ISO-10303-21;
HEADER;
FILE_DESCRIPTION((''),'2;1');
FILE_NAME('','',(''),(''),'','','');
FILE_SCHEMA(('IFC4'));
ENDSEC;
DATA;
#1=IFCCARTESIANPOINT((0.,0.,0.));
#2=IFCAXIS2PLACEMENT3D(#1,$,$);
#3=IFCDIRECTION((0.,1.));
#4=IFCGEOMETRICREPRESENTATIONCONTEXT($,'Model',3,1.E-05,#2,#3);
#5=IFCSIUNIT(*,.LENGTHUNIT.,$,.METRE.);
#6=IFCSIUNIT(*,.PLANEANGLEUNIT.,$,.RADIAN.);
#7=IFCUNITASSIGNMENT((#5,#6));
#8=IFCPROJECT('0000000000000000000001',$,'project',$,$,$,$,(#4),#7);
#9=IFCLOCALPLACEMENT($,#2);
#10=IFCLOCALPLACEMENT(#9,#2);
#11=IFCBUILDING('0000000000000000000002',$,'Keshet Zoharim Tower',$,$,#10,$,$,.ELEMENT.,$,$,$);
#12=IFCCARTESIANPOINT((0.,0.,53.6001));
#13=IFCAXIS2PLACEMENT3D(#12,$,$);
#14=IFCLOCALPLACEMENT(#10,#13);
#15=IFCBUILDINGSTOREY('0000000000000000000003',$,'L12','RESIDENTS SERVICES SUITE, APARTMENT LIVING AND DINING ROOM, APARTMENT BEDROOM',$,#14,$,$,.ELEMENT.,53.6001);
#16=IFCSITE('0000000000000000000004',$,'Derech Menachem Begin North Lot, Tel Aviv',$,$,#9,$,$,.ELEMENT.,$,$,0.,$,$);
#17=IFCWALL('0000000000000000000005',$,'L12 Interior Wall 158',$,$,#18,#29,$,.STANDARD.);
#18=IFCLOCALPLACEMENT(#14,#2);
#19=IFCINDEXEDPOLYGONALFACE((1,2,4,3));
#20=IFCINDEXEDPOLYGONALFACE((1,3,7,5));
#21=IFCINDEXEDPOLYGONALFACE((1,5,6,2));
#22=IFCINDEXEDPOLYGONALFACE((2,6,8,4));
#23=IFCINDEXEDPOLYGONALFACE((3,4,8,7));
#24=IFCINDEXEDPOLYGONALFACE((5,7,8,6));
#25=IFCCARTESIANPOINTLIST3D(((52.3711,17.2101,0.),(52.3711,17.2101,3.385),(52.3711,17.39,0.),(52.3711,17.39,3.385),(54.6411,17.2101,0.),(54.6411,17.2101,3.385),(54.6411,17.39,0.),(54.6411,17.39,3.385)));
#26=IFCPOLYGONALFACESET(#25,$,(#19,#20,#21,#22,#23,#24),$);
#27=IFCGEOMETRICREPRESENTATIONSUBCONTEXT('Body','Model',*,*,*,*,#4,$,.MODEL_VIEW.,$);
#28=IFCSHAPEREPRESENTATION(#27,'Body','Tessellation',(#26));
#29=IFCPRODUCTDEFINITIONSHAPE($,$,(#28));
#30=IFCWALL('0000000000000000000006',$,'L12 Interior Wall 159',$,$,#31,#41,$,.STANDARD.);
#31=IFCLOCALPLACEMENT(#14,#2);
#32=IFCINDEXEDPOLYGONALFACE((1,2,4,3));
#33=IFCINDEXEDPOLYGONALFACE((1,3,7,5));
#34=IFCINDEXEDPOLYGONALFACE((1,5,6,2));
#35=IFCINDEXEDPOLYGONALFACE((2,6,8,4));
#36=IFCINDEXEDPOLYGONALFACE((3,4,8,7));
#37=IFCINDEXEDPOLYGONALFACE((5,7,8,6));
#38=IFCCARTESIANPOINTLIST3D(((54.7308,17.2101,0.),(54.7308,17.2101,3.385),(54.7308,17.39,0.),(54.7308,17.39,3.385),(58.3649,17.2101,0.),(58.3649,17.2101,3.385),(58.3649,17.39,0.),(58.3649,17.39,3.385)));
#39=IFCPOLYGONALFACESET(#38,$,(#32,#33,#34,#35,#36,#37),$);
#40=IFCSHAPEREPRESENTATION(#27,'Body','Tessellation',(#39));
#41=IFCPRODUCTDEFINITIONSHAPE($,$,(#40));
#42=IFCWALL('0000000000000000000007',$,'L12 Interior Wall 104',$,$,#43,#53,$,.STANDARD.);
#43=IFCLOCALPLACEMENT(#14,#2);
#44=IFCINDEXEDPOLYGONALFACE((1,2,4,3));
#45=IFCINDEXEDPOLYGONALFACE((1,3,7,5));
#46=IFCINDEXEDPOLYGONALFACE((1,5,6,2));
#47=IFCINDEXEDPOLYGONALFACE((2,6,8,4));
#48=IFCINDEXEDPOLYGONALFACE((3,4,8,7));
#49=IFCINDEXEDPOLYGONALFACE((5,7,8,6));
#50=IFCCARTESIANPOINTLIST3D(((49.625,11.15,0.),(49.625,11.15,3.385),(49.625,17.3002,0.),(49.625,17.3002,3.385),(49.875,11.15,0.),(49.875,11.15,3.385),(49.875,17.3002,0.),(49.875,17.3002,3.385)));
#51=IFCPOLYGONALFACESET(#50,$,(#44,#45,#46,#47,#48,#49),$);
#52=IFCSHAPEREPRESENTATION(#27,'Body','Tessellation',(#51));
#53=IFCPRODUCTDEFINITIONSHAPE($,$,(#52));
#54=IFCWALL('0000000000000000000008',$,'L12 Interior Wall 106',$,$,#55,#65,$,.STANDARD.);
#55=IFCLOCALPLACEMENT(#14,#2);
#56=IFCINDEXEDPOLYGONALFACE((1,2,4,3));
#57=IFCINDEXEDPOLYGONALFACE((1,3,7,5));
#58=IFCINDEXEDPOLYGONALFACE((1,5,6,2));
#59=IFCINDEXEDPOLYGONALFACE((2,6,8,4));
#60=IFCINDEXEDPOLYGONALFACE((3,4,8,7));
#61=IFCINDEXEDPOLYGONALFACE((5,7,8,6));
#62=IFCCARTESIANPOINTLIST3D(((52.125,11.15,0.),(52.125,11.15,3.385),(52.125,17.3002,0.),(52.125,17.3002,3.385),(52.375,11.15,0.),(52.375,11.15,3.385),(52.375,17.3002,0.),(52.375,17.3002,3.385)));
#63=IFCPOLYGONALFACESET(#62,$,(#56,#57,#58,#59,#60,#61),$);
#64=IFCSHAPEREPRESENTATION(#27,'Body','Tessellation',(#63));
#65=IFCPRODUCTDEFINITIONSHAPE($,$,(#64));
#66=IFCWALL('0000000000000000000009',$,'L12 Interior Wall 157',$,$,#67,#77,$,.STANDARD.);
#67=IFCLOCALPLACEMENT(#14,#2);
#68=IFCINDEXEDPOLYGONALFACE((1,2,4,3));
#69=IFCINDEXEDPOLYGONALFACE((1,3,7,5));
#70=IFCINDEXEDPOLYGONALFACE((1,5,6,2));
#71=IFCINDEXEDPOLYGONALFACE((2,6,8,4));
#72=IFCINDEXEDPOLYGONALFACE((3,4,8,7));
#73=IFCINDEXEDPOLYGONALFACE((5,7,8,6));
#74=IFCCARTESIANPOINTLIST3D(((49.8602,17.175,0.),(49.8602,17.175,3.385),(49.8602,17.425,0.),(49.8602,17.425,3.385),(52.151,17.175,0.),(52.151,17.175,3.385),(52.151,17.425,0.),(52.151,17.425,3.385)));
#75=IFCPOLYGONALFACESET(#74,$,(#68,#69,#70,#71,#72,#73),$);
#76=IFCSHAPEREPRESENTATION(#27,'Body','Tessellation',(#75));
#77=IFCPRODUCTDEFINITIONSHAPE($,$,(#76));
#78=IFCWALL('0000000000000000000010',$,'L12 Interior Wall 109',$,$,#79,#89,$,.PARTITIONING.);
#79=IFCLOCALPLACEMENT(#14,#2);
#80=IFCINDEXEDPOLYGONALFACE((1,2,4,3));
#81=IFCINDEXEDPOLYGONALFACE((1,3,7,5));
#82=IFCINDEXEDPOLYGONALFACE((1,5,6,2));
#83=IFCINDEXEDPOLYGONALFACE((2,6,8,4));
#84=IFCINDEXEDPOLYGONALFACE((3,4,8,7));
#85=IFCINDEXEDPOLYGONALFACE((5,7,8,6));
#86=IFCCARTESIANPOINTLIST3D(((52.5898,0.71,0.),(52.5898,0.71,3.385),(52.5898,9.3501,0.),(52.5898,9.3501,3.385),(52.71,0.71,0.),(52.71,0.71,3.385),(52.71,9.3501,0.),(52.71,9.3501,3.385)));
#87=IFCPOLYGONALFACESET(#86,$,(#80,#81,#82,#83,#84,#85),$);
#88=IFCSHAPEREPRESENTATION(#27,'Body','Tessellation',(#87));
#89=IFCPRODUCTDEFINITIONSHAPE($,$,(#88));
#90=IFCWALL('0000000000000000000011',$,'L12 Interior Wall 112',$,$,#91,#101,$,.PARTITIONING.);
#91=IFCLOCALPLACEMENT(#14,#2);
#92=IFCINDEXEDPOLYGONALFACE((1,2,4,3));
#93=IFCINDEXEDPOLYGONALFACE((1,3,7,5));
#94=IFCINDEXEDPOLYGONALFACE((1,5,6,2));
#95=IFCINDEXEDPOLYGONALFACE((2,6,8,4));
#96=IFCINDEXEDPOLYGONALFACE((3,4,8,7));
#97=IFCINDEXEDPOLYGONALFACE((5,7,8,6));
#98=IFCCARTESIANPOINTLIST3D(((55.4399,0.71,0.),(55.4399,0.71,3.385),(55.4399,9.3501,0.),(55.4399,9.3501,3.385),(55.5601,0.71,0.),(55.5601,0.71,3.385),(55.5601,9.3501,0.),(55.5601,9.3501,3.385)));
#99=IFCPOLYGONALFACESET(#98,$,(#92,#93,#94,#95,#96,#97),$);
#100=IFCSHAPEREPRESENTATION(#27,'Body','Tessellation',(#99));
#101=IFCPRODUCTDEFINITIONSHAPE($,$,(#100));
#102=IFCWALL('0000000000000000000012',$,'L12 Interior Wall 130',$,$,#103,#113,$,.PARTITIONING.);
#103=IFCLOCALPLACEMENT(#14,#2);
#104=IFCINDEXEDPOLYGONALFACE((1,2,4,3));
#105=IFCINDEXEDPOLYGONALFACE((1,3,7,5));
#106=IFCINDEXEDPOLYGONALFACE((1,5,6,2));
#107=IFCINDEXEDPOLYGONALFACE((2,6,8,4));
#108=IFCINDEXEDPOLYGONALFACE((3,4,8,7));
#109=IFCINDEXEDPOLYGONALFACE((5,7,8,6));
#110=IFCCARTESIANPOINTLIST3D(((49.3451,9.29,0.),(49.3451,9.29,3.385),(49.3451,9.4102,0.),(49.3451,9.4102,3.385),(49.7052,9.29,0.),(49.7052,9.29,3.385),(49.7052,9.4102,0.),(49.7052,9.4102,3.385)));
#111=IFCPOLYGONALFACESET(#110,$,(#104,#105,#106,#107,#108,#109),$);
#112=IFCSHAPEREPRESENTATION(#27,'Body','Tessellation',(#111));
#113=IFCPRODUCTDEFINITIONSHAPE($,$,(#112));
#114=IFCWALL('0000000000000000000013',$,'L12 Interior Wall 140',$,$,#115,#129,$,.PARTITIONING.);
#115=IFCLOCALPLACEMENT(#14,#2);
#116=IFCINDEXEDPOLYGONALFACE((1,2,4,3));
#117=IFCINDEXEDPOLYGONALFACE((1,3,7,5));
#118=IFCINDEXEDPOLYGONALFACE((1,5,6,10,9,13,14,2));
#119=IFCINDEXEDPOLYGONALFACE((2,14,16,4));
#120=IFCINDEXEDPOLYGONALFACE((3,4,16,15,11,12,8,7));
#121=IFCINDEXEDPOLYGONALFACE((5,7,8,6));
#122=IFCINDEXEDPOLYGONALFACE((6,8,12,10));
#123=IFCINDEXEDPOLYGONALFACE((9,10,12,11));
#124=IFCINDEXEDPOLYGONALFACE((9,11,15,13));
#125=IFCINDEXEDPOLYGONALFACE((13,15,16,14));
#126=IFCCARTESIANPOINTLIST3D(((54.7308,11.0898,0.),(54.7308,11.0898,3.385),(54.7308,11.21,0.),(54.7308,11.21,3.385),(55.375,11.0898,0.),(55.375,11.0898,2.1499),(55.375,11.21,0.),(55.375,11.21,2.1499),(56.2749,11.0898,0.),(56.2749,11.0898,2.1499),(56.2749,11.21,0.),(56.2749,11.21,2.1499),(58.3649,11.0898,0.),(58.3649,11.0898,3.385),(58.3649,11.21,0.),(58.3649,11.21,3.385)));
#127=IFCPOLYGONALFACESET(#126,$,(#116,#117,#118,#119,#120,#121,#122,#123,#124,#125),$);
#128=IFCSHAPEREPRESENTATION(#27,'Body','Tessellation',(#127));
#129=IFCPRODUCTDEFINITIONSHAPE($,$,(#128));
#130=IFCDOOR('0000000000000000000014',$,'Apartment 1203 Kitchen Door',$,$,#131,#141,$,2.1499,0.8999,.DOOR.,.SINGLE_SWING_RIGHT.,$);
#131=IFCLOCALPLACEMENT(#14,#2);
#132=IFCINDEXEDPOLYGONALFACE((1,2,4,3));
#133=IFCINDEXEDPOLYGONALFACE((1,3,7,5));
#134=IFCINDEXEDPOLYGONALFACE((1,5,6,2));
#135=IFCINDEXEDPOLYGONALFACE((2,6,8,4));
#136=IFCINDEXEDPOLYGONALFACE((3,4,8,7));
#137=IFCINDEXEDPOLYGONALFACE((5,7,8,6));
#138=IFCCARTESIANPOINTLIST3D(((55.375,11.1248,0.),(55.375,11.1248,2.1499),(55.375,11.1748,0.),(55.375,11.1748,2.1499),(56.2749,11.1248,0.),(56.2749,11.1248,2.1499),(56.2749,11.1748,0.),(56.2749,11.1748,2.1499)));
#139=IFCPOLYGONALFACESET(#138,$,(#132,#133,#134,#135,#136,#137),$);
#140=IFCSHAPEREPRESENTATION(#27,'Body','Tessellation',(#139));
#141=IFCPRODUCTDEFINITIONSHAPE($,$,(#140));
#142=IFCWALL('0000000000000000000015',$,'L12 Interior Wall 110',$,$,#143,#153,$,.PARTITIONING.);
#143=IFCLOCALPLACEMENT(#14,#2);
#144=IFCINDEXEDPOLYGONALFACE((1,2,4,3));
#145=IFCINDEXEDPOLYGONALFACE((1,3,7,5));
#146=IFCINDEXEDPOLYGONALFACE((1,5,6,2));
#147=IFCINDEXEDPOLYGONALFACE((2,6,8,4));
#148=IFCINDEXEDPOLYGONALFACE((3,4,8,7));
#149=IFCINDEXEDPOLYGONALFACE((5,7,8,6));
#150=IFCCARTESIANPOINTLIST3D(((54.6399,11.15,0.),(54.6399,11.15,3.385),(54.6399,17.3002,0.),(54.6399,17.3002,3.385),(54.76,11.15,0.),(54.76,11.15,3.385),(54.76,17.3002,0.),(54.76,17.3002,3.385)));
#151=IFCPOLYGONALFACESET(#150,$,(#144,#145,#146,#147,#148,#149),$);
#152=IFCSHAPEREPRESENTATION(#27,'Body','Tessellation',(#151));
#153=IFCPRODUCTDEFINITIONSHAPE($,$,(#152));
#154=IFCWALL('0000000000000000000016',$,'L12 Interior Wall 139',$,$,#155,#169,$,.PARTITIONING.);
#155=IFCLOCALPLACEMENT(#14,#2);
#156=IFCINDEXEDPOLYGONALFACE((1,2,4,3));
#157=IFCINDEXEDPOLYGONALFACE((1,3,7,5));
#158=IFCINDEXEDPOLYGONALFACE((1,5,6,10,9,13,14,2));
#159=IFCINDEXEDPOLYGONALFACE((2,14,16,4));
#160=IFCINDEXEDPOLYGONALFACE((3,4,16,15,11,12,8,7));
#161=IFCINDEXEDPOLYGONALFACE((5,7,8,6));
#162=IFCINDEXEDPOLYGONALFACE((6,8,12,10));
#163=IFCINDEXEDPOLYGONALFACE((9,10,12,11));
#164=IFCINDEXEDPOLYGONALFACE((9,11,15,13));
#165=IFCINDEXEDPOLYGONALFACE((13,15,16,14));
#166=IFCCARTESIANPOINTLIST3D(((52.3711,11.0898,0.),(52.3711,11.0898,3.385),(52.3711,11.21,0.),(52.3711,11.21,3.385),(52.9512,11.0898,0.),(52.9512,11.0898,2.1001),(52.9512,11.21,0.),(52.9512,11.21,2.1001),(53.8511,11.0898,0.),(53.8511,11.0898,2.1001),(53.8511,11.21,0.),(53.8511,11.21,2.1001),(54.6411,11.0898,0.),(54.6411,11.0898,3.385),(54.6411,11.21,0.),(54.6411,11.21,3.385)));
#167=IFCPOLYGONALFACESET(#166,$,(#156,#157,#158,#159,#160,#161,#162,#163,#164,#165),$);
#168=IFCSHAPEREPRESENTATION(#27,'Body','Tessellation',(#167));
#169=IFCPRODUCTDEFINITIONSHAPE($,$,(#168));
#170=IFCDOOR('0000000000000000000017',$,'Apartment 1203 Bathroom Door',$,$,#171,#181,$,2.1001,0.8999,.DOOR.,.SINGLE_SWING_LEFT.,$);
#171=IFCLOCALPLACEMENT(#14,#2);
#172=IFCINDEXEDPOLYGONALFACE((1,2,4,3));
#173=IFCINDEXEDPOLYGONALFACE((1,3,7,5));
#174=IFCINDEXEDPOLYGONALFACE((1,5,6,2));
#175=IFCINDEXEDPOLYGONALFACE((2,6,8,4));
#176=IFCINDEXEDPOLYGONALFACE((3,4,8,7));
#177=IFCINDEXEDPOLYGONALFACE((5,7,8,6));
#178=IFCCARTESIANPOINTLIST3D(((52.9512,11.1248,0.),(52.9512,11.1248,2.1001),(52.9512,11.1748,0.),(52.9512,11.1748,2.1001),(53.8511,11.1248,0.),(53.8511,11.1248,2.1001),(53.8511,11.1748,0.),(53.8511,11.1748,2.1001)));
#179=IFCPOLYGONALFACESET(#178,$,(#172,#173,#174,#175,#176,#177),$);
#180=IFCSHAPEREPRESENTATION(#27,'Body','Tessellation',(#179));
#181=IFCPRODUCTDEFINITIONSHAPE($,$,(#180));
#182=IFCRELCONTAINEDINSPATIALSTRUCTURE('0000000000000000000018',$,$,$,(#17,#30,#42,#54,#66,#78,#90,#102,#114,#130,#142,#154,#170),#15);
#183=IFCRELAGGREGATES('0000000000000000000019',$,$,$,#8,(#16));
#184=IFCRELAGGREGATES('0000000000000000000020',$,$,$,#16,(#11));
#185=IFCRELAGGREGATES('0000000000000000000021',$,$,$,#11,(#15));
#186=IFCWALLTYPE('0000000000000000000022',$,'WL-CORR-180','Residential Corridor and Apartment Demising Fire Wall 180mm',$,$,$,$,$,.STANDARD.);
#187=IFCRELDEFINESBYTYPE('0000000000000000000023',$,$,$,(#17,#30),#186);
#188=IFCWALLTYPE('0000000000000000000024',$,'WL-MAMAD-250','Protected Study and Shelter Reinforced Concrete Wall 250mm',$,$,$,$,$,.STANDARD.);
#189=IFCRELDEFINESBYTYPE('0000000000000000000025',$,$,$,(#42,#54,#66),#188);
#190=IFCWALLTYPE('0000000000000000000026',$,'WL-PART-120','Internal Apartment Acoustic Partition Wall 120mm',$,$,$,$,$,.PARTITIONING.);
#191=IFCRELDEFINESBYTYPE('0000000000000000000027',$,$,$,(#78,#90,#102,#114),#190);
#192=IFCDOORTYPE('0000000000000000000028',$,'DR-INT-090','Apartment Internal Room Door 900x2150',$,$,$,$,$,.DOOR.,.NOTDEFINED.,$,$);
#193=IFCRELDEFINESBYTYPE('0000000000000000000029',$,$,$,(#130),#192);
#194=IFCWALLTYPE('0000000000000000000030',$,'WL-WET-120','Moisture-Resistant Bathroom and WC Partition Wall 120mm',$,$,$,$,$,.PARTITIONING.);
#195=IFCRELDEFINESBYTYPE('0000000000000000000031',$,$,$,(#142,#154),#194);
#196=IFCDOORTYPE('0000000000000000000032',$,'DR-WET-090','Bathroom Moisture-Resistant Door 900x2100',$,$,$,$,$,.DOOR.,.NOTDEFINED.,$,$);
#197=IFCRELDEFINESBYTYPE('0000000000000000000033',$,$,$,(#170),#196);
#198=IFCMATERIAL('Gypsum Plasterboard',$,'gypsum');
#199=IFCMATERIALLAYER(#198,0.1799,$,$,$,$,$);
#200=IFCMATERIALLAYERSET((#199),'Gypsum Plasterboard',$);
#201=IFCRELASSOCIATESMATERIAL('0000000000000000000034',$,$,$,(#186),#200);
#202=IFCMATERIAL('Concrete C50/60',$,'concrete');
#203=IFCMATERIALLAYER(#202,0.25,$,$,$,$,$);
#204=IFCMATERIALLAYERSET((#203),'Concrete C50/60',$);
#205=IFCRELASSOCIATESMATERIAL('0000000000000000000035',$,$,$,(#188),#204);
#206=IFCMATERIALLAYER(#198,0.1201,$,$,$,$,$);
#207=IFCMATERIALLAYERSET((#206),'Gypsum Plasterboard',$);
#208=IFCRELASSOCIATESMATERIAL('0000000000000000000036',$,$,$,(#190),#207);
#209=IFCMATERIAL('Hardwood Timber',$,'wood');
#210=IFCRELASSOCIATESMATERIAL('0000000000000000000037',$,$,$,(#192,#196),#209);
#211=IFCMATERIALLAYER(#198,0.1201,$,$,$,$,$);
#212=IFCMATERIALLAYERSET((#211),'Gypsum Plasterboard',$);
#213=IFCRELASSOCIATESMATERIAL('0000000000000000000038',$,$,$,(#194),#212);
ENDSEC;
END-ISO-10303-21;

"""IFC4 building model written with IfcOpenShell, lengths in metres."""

from ifc_helpers import new_model, si_unit, direction, frame, frame_2d, origin, place, context, subcontext, project, spatial, rectangle, extrude, material, layer, layer_set, type_object, element, fill, save


model = new_model("IFC4")

# Units and contexts
model_context = context("Model", 3, precision=1e-05, world=origin(), true_north=direction((0.0, 1.0)))
body_context = subcontext(model_context, "Body", "Model", "MODEL_VIEW")
ifc_project = project(units=[si_unit("LENGTHUNIT", "METRE"), si_unit("PLANEANGLEUNIT", "RADIAN")], contexts=[model_context])

# Site, building, storey
site_placement = place(None, origin())
site = spatial("IfcSite", under=ifc_project, at=site_placement, Name="Derech Menachem Begin North Lot, Tel Aviv", CompositionType="ELEMENT", RefElevation=0.0)
building_placement = place(site_placement, origin())
building = spatial("IfcBuilding", under=site, at=building_placement, Name="Keshet Zoharim Tower", CompositionType="ELEMENT")
storey_placement = place(building_placement, frame((0.0, 0.0, 53.6001)))
storey = spatial("IfcBuildingStorey", under=building, at=storey_placement, Name="L12", Description="RESIDENTS SERVICES SUITE, APARTMENT LIVING AND DINING ROOM, APARTMENT BEDROOM", CompositionType="ELEMENT", Elevation=53.6001)

# Walls
ifc_material_1 = material(Name="Gypsum Plasterboard", Category="gypsum")
ifc_layer_1 = layer(ifc_material_1, 0.1799)
ifc_layer_set_1 = layer_set([ifc_layer_1], Name="Gypsum Plasterboard")
wall_type_1 = type_object("IfcWallType", Name="WL-CORR-180", Description="Residential Corridor and Apartment Demising Fire Wall 180mm", PredefinedType="STANDARD", material=ifc_layer_set_1)
wall_1_placement = place(storey_placement, frame((52.3711, 17.3, 0.0), z_axis=(0.0, 0.0, 1.0), x_axis=(1.0, 0.0, 0.0)))
element("IfcWall", 1, at=wall_1_placement, inside=storey, type_object=wall_type_1, Name="L12 Interior Wall 158", PredefinedType="STANDARD", context=body_context, shape_type="SweptSolid", body=[
    extrude(rectangle(XDim=2.27, YDim=0.1799, at=frame_2d((1.135, 0.0))), origin(), (0.0, 0.0, 1.0), 3.385),
])
wall_2_placement = place(storey_placement, frame((54.731, 17.3, 0.0), z_axis=(0.0, 0.0, 1.0), x_axis=(1.0, 0.0, 0.0)))
element("IfcWall", 2, at=wall_2_placement, inside=storey, type_object=wall_type_1, Name="L12 Interior Wall 159", PredefinedType="STANDARD", context=body_context, shape_type="SweptSolid", body=[
    extrude(rectangle(XDim=3.634, YDim=0.1799, at=frame_2d((1.8169, 0.0))), origin(), (0.0, 0.0, 1.0), 3.385),
])
ifc_material_2 = material(Name="Concrete C50/60", Category="concrete")
ifc_layer_2 = layer(ifc_material_2, 0.25)
ifc_layer_set_2 = layer_set([ifc_layer_2], Name="Concrete C50/60")
wall_type_2 = type_object("IfcWallType", Name="WL-MAMAD-250", Description="Protected Study and Shelter Reinforced Concrete Wall 250mm", PredefinedType="STANDARD", material=ifc_layer_set_2)
for number, where, z_axis, x_axis, name in (
    (3, (49.75, 11.1499, 0.0), (0.0, 0.0, 1.0), (0.0, 1.0, 0.0), "L12 Interior Wall 104"),
    (4, (52.25, 11.1499, 0.0), (0.0, 0.0, 1.0), (0.0, 1.0, 0.0), "L12 Interior Wall 106"),
):
    element("IfcWall", number, at=place(storey_placement, frame(where, z_axis=z_axis, x_axis=x_axis)), inside=storey, type_object=wall_type_2, Name=name, PredefinedType="STANDARD", context=body_context, shape_type="SweptSolid", body=[
        extrude(rectangle(XDim=6.1501, YDim=0.25, at=frame_2d((3.0752, 0.0))), origin(), (0.0, 0.0, 1.0), 3.385),
    ])

# Shared definitions
ifc_material_3 = material(Name="Hardwood Timber", Category="wood")

# Walls
wall_3_placement = place(storey_placement, frame((49.8601, 17.3, 0.0), z_axis=(0.0, 0.0, 1.0), x_axis=(1.0, 0.0, 0.0)))
element("IfcWall", 5, at=wall_3_placement, inside=storey, type_object=wall_type_2, Name="L12 Interior Wall 157", PredefinedType="STANDARD", context=body_context, shape_type="SweptSolid", body=[
    extrude(rectangle(XDim=2.2908, YDim=0.25, at=frame_2d((1.1455, 0.0))), origin(), (0.0, 0.0, 1.0), 3.385),
])
ifc_layer_3 = layer(ifc_material_1, 0.1201)
ifc_layer_set_3 = layer_set([ifc_layer_3], Name="Gypsum Plasterboard")
wall_type_3 = type_object("IfcWallType", Name="WL-PART-120", Description="Internal Apartment Acoustic Partition Wall 120mm", PredefinedType="PARTITIONING", material=ifc_layer_set_3)
for number, where, z_axis, x_axis, name in (
    (6, (52.6499, 0.71, 0.0), (0.0, 0.0, 1.0), (0.0, 1.0, 0.0), "L12 Interior Wall 109"),
    (7, (55.5, 0.71, 0.0), (0.0, 0.0, 1.0), (0.0, 1.0, 0.0), "L12 Interior Wall 112"),
):
    element("IfcWall", number, at=place(storey_placement, frame(where, z_axis=z_axis, x_axis=x_axis)), inside=storey, type_object=wall_type_3, Name=name, PredefinedType="PARTITIONING", context=body_context, shape_type="SweptSolid", body=[
        extrude(rectangle(XDim=8.6401, YDim=0.1201, at=frame_2d((4.3201, 0.0))), origin(), (0.0, 0.0, 1.0), 3.385),
    ])
wall_4_placement = place(storey_placement, frame((49.345, 9.3501, 0.0), z_axis=(0.0, 0.0, 1.0), x_axis=(1.0, 0.0, 0.0)))
element("IfcWall", 8, at=wall_4_placement, inside=storey, type_object=wall_type_3, Name="L12 Interior Wall 130", PredefinedType="PARTITIONING", context=body_context, shape_type="SweptSolid", body=[
    extrude(rectangle(XDim=0.3601, YDim=0.1201, at=frame_2d((0.1802, 0.0))), origin(), (0.0, 0.0, 1.0), 3.385),
])

# Shared definitions
door_type_1 = type_object("IfcDoorType", Name="DR-INT-090", Description="Apartment Internal Room Door 900x2150", OperationType="NOTDEFINED", PredefinedType="DOOR", material=ifc_material_3)

# Wall, opening, door
wall_5_placement = place(storey_placement, frame((54.731, 11.1499, 0.0), z_axis=(0.0, 0.0, 1.0), x_axis=(1.0, 0.0, 0.0)))
wall_5 = element("IfcWall", 9, at=wall_5_placement, inside=storey, type_object=wall_type_3, Name="L12 Interior Wall 140", PredefinedType="PARTITIONING", context=body_context, shape_type="SweptSolid", body=[
    extrude(rectangle(XDim=3.634, YDim=0.1201, at=frame_2d((1.8169, 0.0))), origin(), (0.0, 0.0, 1.0), 3.385),
])
opening_1_placement = place(wall_5_placement, frame((0.644, 0.0, 0.0)))
opening_1 = element("IfcOpeningElement", 10, at=opening_1_placement, cuts=wall_5, PredefinedType="OPENING", context=body_context, shape_type="SweptSolid", body=[
    extrude(rectangle(XDim=0.8999, YDim=2.1499, at=frame_2d((0.45, 1.075))), frame((0.0, 0.0701, 0.0), z_axis=(0.0, -1.0, 0.0), x_axis=(1.0, 0.0, 0.0)), (0.0, 0.0, 1.0), 0.1401),
])
door_1_placement = place(opening_1_placement, origin())
door_1 = element("IfcDoor", 11, at=door_1_placement, inside=storey, type_object=door_type_1, Name="Apartment 1203 Kitchen Door", OperationType="SINGLE_SWING_RIGHT", OverallHeight=2.1499, OverallWidth=0.8999, PredefinedType="DOOR", context=body_context, shape_type="SweptSolid", body=[
    extrude(rectangle(XDim=0.8999, YDim=2.1499, at=frame_2d((0.45, 1.075))), frame((0.0, 0.0249, 0.0), z_axis=(0.0, -1.0, 0.0), x_axis=(1.0, 0.0, 0.0)), (0.0, 0.0, 1.0), 0.05),
])
fill(opening_1, door_1)

# Wall
ifc_layer_4 = layer(ifc_material_1, 0.1201)
ifc_layer_set_4 = layer_set([ifc_layer_4], Name="Gypsum Plasterboard")
wall_type_4 = type_object("IfcWallType", Name="WL-WET-120", Description="Moisture-Resistant Bathroom and WC Partition Wall 120mm", PredefinedType="PARTITIONING", material=ifc_layer_set_4)
wall_6_placement = place(storey_placement, frame((54.7, 11.1499, 0.0), z_axis=(0.0, 0.0, 1.0), x_axis=(0.0, 1.0, 0.0)))
element("IfcWall", 12, at=wall_6_placement, inside=storey, type_object=wall_type_4, Name="L12 Interior Wall 110", PredefinedType="PARTITIONING", context=body_context, shape_type="SweptSolid", body=[
    extrude(rectangle(XDim=6.1501, YDim=0.1201, at=frame_2d((3.0752, 0.0))), origin(), (0.0, 0.0, 1.0), 3.385),
])

# Wall, opening, door
wall_7_placement = place(storey_placement, frame((52.3711, 11.1499, 0.0), z_axis=(0.0, 0.0, 1.0), x_axis=(1.0, 0.0, 0.0)))
wall_7 = element("IfcWall", 13, at=wall_7_placement, inside=storey, type_object=wall_type_4, Name="L12 Interior Wall 139", PredefinedType="PARTITIONING", context=body_context, shape_type="SweptSolid", body=[
    extrude(rectangle(XDim=2.27, YDim=0.1201, at=frame_2d((1.135, 0.0))), origin(), (0.0, 0.0, 1.0), 3.385),
])
opening_2_placement = place(wall_7_placement, frame((0.5801, 0.0, 0.0)))
opening_2 = element("IfcOpeningElement", 14, at=opening_2_placement, cuts=wall_7, PredefinedType="OPENING", context=body_context, shape_type="SweptSolid", body=[
    extrude(rectangle(XDim=0.8999, YDim=2.1001, at=frame_2d((0.45, 1.05))), frame((0.0, 0.0701, 0.0), z_axis=(0.0, -1.0, 0.0), x_axis=(1.0, 0.0, 0.0)), (0.0, 0.0, 1.0), 0.1401),
])
door_type_2 = type_object("IfcDoorType", Name="DR-WET-090", Description="Bathroom Moisture-Resistant Door 900x2100", OperationType="NOTDEFINED", PredefinedType="DOOR", material=ifc_material_3)
door_2_placement = place(opening_2_placement, origin())
door_2 = element("IfcDoor", 15, at=door_2_placement, inside=storey, type_object=door_type_2, Name="Apartment 1203 Bathroom Door", OperationType="SINGLE_SWING_LEFT", OverallHeight=2.1001, OverallWidth=0.8999, PredefinedType="DOOR", context=body_context, shape_type="SweptSolid", body=[
    extrude(rectangle(XDim=0.8999, YDim=2.1001, at=frame_2d((0.45, 1.05))), frame((0.0, 0.0249, 0.0), z_axis=(0.0, -1.0, 0.0), x_axis=(1.0, 0.0, 0.0)), (0.0, 0.0, 1.0), 0.05),
])
fill(opening_2, door_2)

save(model, "model.ifc")
